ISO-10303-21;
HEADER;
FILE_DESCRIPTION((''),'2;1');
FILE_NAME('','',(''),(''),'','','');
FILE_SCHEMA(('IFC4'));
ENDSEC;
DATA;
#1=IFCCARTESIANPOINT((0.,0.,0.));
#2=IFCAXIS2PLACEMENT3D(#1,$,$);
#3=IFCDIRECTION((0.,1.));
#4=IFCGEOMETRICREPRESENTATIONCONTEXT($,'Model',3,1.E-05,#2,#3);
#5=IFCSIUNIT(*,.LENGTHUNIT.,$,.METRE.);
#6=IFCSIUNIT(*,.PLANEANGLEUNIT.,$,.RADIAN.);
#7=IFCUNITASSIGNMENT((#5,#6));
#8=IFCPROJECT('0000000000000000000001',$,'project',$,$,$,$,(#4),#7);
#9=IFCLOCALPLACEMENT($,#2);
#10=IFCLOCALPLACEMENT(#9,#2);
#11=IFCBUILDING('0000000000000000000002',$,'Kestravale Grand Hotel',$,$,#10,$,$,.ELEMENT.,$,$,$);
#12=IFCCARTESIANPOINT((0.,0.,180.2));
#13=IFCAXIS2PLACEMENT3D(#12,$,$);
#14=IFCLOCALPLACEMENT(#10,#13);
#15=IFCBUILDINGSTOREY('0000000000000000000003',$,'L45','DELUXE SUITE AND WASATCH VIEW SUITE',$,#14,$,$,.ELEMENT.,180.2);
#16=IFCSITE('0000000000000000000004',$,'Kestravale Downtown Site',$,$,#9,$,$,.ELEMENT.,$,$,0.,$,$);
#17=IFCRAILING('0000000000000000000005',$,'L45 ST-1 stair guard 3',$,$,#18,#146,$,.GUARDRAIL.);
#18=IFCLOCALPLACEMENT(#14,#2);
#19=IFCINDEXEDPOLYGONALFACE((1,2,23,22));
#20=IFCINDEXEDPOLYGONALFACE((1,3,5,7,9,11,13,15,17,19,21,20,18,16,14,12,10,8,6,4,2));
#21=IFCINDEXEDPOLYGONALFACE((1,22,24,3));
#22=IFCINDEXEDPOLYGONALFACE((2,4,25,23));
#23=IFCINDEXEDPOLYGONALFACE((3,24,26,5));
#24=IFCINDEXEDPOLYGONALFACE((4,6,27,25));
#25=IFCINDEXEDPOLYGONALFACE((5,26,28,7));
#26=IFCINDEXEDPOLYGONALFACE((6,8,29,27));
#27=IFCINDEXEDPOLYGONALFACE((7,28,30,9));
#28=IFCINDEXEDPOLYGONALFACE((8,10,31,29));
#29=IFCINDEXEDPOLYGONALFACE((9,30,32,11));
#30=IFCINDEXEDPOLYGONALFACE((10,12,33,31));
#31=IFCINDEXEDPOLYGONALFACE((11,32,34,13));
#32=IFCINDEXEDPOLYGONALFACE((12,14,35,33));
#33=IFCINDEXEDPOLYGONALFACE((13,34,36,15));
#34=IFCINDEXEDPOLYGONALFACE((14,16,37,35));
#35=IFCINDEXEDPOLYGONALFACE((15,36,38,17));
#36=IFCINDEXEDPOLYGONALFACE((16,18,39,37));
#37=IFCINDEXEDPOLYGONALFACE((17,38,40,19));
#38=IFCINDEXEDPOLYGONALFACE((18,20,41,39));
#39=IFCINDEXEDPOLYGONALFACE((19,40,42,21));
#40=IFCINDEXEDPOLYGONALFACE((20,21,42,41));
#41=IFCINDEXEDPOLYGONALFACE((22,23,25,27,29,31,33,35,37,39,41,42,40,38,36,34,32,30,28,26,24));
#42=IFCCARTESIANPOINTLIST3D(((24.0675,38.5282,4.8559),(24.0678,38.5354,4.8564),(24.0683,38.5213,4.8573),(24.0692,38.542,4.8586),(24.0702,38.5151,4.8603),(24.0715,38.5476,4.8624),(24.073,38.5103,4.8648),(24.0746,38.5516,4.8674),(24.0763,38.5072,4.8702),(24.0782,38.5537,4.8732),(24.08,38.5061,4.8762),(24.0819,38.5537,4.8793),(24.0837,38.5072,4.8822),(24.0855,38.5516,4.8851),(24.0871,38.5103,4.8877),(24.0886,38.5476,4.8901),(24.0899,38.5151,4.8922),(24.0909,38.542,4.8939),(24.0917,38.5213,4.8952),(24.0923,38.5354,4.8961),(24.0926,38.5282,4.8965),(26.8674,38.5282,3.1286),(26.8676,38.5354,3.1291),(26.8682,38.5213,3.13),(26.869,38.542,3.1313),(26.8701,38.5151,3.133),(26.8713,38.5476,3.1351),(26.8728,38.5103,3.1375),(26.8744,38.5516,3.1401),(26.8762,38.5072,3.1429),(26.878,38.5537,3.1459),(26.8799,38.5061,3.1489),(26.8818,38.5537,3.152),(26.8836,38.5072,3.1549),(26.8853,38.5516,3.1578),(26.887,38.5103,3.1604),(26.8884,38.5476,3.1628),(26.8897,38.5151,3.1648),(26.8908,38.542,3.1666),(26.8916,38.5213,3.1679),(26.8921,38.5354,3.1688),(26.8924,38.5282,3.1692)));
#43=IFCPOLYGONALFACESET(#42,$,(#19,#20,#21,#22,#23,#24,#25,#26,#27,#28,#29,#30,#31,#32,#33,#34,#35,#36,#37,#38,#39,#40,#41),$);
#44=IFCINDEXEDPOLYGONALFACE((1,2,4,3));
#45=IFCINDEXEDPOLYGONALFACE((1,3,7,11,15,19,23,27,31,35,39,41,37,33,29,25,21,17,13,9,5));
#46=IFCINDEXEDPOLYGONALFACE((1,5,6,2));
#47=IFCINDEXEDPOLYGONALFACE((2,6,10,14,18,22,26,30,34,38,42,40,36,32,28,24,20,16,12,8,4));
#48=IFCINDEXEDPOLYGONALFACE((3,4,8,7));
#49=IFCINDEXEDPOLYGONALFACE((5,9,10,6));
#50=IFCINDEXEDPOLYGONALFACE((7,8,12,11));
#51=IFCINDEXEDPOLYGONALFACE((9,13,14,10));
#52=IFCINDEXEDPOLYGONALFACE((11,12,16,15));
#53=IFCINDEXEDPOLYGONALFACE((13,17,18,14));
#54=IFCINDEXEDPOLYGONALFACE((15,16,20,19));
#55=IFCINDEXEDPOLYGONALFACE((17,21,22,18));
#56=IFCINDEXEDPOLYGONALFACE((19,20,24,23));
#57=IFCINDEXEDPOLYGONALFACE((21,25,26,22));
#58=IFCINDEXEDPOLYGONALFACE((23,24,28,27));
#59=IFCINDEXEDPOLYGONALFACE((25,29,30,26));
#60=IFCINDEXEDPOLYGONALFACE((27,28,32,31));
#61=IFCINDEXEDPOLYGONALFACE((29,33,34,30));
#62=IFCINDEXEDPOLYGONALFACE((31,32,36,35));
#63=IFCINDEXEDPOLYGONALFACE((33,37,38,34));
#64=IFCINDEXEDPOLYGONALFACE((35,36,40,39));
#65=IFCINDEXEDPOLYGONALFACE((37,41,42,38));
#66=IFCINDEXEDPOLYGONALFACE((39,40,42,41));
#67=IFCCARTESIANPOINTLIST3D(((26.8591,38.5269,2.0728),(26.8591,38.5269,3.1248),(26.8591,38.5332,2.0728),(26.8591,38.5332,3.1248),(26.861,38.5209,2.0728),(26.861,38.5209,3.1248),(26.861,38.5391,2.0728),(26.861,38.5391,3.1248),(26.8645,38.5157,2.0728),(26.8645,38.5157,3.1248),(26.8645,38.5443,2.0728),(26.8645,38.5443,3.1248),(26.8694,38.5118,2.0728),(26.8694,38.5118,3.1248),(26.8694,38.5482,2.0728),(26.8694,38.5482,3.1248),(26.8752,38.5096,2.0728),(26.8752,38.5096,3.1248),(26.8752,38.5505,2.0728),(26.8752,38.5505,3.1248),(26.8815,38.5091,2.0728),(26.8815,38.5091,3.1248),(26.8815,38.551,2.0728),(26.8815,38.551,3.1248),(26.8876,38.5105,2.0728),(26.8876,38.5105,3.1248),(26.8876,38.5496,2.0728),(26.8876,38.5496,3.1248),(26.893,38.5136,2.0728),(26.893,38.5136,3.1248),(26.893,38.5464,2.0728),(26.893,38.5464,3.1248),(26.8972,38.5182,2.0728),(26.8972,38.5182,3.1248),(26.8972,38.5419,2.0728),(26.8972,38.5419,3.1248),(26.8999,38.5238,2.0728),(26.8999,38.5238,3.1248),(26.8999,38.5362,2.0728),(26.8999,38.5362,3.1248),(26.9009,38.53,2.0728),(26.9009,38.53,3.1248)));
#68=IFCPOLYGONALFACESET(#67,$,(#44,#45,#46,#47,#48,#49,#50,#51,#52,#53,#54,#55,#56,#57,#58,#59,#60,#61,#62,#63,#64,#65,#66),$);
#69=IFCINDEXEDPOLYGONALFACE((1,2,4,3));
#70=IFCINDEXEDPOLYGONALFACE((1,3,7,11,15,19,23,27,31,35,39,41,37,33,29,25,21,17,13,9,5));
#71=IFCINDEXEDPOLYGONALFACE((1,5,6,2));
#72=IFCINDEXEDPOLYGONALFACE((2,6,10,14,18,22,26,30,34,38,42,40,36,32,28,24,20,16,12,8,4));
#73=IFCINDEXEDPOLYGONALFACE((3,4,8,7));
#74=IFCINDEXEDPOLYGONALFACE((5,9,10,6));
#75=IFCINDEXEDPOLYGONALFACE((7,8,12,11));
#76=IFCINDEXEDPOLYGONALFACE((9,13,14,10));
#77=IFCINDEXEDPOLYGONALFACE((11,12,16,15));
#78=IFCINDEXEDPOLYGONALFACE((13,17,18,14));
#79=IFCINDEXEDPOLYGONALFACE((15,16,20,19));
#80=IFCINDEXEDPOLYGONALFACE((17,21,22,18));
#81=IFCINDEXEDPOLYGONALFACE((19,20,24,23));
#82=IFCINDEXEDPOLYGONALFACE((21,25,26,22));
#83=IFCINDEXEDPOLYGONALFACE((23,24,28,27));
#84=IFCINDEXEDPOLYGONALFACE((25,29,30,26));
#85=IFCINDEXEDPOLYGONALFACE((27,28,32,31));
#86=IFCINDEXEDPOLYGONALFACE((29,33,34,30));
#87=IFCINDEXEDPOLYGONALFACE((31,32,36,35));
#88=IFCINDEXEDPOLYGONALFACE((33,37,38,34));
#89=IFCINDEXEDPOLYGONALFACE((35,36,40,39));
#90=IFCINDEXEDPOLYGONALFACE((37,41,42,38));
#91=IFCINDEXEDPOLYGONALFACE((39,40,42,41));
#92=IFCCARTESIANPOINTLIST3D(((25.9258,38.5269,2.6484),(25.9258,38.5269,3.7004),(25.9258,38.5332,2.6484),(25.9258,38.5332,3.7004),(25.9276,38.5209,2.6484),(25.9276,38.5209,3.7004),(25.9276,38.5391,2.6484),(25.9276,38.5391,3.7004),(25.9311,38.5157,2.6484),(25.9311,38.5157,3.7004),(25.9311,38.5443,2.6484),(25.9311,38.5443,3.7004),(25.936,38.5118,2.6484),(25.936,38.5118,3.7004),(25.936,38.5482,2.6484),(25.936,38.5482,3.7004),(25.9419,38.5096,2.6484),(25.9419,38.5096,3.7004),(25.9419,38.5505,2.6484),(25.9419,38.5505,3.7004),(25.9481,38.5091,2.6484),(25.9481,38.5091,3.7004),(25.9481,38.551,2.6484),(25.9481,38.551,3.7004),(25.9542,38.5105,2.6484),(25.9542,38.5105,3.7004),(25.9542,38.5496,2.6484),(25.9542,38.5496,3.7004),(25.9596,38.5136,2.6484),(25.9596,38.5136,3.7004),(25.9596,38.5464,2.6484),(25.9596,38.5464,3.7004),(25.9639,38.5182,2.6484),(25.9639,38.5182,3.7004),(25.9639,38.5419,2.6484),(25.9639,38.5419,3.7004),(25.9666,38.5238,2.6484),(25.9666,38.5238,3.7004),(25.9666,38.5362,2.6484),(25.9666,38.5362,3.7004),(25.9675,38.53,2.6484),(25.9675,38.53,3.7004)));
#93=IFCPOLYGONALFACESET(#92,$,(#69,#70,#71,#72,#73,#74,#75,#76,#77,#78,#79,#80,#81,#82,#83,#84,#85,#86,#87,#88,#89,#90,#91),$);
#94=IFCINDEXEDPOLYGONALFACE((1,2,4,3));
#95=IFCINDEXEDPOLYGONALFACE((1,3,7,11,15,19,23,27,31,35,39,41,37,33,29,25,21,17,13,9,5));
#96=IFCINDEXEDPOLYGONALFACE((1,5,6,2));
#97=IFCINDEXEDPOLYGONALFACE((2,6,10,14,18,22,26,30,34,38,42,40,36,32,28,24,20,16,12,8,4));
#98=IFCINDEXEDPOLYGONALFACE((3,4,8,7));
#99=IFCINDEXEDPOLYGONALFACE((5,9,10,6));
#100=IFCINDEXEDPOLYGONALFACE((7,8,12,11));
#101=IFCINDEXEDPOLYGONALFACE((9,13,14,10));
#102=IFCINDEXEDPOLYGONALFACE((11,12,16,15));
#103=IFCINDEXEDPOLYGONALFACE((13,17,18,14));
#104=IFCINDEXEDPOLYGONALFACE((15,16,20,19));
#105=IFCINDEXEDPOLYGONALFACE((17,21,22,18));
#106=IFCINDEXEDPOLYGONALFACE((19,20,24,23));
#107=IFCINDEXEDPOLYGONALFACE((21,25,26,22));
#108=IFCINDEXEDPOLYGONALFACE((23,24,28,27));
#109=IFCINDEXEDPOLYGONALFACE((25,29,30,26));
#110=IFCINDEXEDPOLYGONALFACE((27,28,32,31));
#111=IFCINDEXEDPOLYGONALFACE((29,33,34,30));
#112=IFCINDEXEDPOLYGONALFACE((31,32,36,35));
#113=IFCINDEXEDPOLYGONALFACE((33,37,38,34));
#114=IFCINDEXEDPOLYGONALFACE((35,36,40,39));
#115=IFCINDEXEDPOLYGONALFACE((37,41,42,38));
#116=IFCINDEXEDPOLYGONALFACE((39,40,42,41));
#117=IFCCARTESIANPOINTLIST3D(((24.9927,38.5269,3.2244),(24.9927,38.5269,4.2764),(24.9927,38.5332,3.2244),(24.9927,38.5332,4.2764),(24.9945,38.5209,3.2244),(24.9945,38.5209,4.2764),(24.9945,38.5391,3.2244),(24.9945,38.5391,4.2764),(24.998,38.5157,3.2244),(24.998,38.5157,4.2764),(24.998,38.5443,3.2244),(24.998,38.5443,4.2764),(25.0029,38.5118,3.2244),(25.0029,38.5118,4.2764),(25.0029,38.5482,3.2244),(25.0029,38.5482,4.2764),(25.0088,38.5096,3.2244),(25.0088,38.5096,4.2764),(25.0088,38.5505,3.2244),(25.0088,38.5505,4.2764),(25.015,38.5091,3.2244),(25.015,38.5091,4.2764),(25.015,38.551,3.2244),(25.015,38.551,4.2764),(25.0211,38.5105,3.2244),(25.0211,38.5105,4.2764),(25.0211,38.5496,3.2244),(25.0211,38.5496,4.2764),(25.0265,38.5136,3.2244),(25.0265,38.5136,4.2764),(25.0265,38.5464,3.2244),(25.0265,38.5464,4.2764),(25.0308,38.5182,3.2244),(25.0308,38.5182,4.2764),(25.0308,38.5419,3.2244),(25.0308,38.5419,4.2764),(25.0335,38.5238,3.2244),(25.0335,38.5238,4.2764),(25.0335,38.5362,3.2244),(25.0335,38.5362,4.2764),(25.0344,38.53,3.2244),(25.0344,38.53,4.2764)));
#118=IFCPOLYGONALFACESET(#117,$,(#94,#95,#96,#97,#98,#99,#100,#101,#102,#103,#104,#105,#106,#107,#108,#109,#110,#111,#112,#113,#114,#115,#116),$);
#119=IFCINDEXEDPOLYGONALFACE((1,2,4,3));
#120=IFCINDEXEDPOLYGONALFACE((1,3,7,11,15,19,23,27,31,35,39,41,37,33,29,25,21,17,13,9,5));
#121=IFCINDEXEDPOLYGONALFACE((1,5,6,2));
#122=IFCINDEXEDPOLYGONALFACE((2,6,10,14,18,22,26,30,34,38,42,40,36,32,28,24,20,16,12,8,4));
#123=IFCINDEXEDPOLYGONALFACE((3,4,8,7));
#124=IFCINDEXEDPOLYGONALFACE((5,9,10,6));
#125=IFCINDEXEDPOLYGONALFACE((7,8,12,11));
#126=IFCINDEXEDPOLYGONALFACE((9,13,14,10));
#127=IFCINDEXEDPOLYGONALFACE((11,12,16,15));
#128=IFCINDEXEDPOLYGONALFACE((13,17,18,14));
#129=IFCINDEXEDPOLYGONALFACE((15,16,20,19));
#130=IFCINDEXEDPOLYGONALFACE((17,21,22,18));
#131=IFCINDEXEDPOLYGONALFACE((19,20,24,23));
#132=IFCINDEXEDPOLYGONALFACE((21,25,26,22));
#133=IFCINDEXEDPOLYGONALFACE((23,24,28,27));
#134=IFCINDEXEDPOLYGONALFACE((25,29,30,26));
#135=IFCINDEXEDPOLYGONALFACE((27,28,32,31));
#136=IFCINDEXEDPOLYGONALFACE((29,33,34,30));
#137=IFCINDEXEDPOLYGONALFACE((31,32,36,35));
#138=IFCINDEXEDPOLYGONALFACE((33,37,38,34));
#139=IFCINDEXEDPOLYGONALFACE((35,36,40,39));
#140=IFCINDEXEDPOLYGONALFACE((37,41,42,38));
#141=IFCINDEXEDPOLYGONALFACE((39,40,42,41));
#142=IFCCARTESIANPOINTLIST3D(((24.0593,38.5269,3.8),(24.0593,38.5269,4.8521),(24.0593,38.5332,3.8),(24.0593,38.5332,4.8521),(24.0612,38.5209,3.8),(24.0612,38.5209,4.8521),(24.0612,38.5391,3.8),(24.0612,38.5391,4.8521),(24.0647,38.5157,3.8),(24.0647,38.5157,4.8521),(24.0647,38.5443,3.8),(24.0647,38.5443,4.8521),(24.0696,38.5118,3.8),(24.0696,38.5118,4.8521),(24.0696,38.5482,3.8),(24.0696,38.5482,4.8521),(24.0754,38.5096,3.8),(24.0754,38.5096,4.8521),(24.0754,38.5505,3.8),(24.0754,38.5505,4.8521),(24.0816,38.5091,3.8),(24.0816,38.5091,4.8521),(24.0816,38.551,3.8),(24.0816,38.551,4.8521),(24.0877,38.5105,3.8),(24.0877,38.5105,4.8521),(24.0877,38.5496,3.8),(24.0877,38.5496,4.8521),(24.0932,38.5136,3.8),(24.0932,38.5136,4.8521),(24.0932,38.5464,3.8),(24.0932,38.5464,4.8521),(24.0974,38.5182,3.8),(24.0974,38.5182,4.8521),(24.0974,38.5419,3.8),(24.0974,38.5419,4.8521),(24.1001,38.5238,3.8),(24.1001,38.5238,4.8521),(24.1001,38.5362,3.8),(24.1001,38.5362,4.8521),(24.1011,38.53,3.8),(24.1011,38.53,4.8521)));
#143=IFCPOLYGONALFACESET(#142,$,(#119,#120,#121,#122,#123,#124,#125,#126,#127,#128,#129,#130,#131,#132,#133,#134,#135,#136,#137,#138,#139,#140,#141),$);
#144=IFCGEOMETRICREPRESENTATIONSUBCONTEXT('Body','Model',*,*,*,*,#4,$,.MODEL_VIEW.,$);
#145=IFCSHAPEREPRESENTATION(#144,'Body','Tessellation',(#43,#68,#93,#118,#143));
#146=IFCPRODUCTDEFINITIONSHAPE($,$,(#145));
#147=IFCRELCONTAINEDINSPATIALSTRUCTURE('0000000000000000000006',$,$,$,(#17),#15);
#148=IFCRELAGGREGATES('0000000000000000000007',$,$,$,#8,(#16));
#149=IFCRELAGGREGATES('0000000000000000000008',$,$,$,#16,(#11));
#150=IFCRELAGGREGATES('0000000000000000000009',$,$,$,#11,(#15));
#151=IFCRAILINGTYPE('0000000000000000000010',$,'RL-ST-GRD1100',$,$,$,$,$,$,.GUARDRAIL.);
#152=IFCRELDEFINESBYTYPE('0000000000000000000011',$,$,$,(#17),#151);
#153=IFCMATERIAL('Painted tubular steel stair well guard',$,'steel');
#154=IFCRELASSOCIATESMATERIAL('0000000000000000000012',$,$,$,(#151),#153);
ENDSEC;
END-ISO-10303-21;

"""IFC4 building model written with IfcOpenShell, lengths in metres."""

from ifc_helpers import new_model, si_unit, direction, frame, origin, origin_2d, place, context, subcontext, project, spatial, circle, extrude, material, type_object, element, save


model = new_model("IFC4")

# Units and contexts
model_context = context("Model", 3, precision=1e-05, world=origin(), true_north=direction((0.0, 1.0)))
body_context = subcontext(model_context, "Body", "Model", "MODEL_VIEW")
ifc_project = project(units=[si_unit("LENGTHUNIT", "METRE"), si_unit("PLANEANGLEUNIT", "RADIAN")], contexts=[model_context])

# Site, building, storey
site_placement = place(None, origin())
site = spatial("IfcSite", under=ifc_project, at=site_placement, Name="Kestravale Downtown Site", CompositionType="ELEMENT", RefElevation=0.0)
building_placement = place(site_placement, origin())
building = spatial("IfcBuilding", under=site, at=building_placement, Name="Kestravale Grand Hotel", CompositionType="ELEMENT")
storey_placement = place(building_placement, frame((0.0, 0.0, 180.2)))
storey = spatial("IfcBuildingStorey", under=building, at=storey_placement, Name="L45", Description="DELUXE SUITE AND WASATCH VIEW SUITE", CompositionType="ELEMENT", Elevation=180.2)

# Railing
ifc_material_1 = material(Name="Painted tubular steel stair well guard", Category="steel")
railing_type_1 = type_object("IfcRailingType", Name="RL-ST-GRD1100", PredefinedType="GUARDRAIL", material=ifc_material_1)
railing_1_placement = place(storey_placement, frame((26.8799, 38.53, 2.0728)))
element("IfcRailing", 1, at=railing_1_placement, inside=storey, type_object=railing_type_1, Name="L45 ST-1 stair guard 3", PredefinedType="GUARDRAIL", context=body_context, shape_type="SweptSolid", body=[
    extrude(circle(Radius=0.0239, at=origin_2d()), frame((0.0, 0.0, 1.0762), z_axis=(-0.851069, 0.0, 0.525054), x_axis=(0.0, -1.0, 0.0)), (0.0, 0.0, 1.0), 3.2898),
    extrude(circle(Radius=0.021, at=origin_2d()), origin(), (0.0, 0.0, 1.0), 1.052),
    extrude(circle(Radius=0.021, at=origin_2d()), frame((-0.9333, 0.0, 0.5757)), (0.0, 0.0, 1.0), 1.052),
    extrude(circle(Radius=0.021, at=origin_2d()), frame((-1.8665, 0.0, 1.1516)), (0.0, 0.0, 1.0), 1.052),
    extrude(circle(Radius=0.021, at=origin_2d()), frame((-2.7998, 0.0, 1.7273)), (0.0, 0.0, 1.0), 1.052),
])

save(model, "model.ifc")
